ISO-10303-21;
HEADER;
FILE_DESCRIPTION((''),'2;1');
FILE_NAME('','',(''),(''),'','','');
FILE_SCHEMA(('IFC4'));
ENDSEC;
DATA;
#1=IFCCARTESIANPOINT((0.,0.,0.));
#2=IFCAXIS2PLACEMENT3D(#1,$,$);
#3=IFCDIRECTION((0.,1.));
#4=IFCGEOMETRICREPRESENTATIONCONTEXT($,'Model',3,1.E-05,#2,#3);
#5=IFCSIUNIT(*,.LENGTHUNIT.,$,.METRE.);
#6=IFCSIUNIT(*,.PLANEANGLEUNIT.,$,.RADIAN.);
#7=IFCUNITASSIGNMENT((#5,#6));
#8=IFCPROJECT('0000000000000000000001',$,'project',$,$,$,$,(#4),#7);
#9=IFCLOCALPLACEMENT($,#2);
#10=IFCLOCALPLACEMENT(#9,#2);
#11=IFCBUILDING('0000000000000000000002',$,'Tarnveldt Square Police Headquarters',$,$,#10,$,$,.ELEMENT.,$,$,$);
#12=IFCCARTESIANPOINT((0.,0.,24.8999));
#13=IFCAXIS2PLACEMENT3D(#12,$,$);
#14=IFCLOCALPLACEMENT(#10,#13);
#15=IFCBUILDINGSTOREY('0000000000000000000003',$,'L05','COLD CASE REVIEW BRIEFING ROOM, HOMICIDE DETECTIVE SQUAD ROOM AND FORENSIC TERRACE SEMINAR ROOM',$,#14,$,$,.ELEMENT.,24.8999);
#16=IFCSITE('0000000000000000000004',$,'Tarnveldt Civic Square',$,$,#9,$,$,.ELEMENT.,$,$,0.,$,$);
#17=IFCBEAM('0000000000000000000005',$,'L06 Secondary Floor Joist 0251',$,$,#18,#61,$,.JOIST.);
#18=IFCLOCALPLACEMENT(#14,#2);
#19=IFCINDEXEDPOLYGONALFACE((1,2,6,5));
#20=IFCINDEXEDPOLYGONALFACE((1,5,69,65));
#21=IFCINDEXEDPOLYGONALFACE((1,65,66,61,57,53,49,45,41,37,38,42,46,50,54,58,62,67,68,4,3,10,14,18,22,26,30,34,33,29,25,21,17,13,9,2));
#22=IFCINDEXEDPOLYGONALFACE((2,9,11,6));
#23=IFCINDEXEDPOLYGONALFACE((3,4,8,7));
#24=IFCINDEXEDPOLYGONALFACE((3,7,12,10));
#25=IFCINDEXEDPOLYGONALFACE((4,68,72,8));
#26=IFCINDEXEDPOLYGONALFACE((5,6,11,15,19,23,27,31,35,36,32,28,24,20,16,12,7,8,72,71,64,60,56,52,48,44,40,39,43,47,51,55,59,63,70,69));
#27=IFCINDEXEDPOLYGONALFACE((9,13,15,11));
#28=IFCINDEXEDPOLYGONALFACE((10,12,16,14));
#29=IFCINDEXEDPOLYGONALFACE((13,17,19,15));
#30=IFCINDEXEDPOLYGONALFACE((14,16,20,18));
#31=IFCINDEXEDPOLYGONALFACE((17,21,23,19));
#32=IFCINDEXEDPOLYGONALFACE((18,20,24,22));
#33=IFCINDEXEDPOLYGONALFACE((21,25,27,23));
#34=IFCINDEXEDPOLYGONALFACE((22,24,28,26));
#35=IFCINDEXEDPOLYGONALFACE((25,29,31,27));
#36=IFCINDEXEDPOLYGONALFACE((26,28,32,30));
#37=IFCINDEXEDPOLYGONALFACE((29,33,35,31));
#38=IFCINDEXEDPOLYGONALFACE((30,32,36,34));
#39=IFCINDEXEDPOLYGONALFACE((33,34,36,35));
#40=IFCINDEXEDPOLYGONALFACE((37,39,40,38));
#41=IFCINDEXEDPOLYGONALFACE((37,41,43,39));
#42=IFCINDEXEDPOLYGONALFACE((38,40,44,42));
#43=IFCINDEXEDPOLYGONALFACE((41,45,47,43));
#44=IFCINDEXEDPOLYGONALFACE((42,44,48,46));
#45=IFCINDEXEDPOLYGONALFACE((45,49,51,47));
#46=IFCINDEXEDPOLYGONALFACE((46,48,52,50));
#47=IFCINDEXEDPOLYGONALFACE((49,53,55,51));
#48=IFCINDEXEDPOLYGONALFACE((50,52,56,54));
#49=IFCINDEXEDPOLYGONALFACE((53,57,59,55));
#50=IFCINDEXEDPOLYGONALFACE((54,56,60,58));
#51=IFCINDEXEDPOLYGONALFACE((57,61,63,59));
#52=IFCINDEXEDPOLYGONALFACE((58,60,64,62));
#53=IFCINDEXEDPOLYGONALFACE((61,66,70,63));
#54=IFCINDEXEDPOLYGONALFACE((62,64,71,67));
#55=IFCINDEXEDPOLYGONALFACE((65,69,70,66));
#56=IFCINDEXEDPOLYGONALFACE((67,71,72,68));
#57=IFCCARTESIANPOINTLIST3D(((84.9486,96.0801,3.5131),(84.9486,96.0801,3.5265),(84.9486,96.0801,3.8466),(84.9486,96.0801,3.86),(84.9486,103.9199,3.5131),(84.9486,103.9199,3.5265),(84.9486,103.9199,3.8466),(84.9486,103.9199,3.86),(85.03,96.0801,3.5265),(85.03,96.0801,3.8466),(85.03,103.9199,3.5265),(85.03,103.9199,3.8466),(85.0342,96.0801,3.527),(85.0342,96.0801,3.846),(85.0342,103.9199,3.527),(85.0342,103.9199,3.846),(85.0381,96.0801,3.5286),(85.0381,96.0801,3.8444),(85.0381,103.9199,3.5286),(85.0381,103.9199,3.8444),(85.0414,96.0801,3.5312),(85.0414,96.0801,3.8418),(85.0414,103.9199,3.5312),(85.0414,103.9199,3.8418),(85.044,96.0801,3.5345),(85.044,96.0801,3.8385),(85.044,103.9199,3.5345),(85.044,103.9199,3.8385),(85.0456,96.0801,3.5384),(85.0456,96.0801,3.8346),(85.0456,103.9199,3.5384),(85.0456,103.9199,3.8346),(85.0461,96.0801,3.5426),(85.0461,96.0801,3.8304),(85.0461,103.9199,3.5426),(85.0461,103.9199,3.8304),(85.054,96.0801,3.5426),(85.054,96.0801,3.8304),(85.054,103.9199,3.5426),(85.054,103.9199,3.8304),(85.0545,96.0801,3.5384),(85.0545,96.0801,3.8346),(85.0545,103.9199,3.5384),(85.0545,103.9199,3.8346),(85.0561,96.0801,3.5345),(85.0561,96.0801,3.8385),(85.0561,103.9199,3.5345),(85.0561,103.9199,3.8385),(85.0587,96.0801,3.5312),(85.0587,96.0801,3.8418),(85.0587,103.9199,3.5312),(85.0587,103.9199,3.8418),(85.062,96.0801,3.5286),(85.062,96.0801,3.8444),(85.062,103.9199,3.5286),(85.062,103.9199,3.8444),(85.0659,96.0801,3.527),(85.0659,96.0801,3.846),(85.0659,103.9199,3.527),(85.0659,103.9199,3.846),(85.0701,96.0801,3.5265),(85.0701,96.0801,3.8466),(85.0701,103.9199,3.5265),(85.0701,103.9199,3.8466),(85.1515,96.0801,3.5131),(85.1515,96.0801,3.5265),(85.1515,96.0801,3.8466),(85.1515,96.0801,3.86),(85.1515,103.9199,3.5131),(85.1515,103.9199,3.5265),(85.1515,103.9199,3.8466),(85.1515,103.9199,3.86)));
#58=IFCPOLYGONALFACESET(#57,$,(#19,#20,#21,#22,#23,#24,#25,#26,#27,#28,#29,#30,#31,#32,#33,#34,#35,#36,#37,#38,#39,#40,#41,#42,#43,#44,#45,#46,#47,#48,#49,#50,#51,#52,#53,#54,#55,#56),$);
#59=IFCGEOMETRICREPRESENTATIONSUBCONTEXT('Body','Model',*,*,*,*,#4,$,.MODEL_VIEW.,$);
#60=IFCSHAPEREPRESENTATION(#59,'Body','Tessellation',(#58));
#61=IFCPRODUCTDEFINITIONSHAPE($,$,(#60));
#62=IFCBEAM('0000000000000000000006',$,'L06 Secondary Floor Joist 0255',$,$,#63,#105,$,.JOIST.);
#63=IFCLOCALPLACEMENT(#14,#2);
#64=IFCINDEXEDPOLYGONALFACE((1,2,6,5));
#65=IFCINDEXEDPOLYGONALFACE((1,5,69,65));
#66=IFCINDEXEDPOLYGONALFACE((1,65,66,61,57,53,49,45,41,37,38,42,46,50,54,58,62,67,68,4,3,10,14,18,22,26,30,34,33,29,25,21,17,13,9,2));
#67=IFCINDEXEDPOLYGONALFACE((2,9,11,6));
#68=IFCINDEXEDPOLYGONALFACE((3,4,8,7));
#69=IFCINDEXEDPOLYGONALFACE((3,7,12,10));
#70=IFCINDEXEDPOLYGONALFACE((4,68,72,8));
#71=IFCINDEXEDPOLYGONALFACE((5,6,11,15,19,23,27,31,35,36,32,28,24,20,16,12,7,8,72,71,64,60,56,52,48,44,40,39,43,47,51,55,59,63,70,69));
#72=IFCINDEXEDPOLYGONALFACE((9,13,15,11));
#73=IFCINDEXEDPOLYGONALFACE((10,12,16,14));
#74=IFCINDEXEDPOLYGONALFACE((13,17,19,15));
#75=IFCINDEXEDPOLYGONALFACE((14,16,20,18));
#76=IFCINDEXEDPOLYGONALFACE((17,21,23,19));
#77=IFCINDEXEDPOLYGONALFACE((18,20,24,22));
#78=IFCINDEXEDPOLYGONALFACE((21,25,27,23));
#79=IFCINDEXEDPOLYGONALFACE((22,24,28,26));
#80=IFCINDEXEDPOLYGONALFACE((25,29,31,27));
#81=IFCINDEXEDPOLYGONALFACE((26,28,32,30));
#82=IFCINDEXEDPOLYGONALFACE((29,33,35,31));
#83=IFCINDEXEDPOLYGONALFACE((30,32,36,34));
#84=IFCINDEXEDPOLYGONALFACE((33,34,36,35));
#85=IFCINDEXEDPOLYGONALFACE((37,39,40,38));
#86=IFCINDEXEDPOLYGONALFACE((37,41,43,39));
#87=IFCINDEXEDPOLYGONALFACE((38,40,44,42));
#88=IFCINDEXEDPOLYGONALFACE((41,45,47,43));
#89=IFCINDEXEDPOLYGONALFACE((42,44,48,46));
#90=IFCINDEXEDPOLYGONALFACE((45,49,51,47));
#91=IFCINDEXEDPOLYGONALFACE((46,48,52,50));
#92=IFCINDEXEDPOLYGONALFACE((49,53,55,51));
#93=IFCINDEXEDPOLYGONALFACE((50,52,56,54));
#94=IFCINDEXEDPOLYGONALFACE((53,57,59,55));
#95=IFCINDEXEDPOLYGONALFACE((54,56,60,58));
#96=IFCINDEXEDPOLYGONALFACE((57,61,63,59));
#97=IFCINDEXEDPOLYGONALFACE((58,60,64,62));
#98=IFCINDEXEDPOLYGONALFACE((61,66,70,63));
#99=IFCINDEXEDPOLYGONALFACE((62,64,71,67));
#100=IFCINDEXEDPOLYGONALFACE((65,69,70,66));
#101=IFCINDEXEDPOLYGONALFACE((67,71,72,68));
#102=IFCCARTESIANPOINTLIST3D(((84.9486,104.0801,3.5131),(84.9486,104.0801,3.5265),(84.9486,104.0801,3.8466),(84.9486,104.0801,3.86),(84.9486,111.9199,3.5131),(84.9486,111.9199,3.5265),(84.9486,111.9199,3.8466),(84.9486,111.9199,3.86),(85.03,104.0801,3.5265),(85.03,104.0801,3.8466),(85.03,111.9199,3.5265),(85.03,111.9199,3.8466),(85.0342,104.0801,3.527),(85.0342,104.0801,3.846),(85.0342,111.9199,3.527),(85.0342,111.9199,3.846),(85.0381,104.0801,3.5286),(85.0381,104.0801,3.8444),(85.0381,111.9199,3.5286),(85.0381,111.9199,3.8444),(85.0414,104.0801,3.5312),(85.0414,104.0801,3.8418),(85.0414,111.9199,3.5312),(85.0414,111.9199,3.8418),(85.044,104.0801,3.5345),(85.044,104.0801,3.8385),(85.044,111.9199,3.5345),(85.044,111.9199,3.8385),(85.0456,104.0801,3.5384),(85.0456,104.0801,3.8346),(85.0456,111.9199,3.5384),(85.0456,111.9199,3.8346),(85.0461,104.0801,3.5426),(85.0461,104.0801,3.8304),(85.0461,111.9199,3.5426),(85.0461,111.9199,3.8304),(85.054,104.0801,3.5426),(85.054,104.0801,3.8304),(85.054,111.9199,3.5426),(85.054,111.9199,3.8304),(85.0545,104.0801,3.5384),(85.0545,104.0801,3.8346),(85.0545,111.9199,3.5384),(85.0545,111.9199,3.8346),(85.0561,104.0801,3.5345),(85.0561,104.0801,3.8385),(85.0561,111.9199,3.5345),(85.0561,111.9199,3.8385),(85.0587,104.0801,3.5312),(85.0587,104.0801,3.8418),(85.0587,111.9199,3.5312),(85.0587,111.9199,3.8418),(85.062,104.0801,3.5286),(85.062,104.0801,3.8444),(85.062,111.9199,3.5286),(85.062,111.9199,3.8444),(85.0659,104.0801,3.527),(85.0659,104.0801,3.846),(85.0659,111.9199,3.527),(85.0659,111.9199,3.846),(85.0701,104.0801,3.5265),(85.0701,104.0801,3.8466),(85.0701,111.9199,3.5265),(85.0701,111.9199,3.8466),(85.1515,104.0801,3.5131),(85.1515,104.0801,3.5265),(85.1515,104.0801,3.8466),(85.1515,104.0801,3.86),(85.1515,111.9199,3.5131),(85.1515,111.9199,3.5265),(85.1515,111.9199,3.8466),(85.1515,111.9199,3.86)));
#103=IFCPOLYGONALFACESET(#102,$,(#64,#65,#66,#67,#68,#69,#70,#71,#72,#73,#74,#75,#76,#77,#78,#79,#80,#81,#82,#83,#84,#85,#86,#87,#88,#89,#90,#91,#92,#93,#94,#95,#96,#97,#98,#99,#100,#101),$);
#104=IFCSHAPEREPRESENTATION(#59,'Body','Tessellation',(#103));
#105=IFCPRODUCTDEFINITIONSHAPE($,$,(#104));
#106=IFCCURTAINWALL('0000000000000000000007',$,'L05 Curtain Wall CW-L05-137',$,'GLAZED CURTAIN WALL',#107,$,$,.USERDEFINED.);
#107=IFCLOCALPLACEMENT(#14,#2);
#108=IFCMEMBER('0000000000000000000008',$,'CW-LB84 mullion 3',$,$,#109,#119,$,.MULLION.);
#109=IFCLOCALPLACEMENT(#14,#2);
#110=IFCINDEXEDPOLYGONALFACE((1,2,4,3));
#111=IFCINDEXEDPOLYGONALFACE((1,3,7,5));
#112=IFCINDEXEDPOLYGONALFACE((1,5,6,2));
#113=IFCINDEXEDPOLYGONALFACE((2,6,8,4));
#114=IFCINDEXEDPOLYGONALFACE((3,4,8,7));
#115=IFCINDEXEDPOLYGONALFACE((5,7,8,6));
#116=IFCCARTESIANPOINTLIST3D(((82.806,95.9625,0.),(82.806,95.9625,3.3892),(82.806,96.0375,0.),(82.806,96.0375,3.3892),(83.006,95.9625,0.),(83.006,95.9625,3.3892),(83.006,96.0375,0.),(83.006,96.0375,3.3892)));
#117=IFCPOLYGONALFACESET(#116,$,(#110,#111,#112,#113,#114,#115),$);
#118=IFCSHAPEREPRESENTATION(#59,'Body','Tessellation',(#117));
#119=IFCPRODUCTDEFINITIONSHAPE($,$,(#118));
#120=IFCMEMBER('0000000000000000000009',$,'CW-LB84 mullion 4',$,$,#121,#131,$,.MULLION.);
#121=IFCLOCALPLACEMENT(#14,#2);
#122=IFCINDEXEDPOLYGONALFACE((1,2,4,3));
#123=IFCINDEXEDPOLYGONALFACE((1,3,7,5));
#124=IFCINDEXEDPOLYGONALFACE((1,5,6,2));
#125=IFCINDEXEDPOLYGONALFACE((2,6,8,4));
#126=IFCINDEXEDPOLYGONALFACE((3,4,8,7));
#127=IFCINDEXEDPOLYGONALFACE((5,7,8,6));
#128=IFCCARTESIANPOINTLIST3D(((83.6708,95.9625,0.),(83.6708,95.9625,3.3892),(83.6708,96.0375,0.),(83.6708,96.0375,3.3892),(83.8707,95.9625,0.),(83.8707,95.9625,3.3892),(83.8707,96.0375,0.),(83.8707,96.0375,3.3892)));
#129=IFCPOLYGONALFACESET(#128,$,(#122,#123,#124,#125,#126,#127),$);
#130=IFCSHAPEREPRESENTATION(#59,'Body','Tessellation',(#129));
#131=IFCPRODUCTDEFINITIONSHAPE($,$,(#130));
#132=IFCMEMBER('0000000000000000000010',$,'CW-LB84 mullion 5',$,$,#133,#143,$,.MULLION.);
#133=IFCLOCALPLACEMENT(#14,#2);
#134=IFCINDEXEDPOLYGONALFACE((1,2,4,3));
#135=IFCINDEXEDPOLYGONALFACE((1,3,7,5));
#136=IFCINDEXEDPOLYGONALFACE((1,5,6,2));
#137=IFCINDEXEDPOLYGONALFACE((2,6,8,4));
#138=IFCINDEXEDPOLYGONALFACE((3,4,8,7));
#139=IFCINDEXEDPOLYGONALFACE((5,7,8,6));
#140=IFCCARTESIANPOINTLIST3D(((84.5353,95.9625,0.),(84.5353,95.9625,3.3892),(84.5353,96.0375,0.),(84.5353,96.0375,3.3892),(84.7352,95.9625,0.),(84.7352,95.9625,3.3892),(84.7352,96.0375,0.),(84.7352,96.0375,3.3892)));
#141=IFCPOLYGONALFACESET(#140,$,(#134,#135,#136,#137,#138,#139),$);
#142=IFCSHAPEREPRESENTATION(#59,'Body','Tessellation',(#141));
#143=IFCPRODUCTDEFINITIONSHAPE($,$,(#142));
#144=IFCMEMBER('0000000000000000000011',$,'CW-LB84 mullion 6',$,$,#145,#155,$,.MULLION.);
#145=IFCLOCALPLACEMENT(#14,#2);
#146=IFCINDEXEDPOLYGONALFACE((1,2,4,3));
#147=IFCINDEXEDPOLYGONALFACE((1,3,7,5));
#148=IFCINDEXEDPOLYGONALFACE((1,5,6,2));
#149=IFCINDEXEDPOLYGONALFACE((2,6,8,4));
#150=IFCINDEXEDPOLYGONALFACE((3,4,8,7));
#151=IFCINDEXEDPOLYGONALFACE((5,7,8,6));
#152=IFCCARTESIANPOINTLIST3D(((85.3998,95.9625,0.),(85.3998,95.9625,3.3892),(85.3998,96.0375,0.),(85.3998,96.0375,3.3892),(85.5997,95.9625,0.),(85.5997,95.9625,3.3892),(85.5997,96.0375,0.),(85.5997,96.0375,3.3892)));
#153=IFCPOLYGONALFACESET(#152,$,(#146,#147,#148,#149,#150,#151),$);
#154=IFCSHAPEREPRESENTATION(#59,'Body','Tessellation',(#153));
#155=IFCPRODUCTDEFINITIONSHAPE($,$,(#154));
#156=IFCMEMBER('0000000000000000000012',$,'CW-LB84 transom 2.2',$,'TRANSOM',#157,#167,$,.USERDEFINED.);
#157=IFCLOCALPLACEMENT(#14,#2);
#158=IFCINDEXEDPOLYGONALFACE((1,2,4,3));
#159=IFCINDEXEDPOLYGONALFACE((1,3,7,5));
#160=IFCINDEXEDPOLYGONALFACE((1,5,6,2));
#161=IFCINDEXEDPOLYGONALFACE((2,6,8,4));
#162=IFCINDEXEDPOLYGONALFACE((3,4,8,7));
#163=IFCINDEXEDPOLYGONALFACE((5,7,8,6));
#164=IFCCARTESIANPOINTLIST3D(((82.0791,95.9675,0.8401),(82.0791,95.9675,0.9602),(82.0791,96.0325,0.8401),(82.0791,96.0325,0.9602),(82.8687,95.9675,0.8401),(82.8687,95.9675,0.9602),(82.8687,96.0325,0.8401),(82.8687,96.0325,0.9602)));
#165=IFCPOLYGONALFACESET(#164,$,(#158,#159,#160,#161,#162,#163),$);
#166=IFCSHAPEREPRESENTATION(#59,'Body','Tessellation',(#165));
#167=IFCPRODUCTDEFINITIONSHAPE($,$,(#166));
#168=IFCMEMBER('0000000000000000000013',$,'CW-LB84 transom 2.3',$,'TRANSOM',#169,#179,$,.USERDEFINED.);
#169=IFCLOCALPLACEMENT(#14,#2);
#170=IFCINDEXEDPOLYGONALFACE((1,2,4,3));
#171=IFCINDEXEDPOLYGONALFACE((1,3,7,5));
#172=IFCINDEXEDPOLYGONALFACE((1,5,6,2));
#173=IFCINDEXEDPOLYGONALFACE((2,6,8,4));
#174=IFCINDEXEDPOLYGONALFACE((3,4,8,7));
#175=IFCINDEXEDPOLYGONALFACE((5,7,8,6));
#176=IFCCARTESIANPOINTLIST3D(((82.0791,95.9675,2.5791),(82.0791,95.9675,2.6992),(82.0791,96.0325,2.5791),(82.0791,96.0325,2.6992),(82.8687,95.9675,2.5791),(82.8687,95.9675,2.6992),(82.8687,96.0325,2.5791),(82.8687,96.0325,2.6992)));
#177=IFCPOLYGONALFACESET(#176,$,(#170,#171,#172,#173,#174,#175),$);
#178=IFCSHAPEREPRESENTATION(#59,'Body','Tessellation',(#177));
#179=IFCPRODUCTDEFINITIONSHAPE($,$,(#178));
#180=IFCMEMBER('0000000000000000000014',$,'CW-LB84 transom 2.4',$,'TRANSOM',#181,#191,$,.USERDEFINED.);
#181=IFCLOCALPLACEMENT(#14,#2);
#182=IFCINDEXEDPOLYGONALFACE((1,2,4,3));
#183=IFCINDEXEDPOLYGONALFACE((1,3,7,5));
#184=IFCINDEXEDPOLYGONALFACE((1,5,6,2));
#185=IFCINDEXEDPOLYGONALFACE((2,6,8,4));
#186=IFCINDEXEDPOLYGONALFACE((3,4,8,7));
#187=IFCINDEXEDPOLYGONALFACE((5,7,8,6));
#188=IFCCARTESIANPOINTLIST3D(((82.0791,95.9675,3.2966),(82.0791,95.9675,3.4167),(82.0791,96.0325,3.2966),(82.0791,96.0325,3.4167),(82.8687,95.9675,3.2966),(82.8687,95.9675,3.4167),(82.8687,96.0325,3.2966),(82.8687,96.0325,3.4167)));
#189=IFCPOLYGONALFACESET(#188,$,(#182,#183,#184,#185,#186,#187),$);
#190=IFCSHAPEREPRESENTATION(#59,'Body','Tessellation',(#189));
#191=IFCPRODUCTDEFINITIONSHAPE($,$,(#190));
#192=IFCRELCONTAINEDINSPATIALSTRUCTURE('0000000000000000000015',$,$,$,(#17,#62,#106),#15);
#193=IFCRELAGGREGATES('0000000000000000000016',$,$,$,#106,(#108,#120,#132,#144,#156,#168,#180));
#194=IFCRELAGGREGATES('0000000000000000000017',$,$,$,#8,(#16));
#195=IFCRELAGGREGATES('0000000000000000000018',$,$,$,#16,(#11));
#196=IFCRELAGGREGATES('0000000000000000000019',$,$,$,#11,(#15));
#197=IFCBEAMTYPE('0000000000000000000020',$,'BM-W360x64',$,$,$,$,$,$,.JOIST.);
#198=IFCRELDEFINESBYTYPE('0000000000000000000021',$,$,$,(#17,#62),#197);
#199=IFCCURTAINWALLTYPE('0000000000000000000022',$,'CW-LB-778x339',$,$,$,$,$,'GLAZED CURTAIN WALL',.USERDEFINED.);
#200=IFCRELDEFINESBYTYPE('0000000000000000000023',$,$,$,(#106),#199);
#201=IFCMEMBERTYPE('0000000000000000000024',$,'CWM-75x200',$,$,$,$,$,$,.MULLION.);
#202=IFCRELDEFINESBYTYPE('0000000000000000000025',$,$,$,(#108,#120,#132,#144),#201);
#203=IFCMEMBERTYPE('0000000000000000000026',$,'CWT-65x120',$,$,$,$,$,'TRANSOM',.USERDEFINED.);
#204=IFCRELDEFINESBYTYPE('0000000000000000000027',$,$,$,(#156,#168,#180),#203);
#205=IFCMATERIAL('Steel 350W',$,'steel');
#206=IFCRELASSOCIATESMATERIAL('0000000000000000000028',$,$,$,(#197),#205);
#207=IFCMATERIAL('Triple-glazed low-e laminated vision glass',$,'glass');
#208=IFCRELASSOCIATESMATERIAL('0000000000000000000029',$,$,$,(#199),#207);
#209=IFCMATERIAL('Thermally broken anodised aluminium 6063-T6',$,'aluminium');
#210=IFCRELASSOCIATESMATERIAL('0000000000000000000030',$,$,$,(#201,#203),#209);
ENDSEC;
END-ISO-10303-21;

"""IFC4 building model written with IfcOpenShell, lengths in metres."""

from ifc_helpers import new_model, si_unit, direction, frame, origin, origin_2d, place, context, subcontext, project, spatial, rectangle, i_section, extrude, material, material_profile, profile_set, type_object, element, aggregate, save


model = new_model("IFC4")

# Units and contexts
model_context = context("Model", 3, precision=1e-05, world=origin(), true_north=direction((0.0, 1.0)))
body_context = subcontext(model_context, "Body", "Model", "MODEL_VIEW")
ifc_project = project(units=[si_unit("LENGTHUNIT", "METRE"), si_unit("PLANEANGLEUNIT", "RADIAN")], contexts=[model_context])

# Site, building, storey
site_placement = place(None, origin())
site = spatial("IfcSite", under=ifc_project, at=site_placement, Name="Tarnveldt Civic Square", CompositionType="ELEMENT", RefElevation=0.0)
building_placement = place(site_placement, origin())
building = spatial("IfcBuilding", under=site, at=building_placement, Name="Tarnveldt Square Police Headquarters", CompositionType="ELEMENT")
storey_placement = place(building_placement, frame((0.0, 0.0, 24.8999)))
storey = spatial("IfcBuildingStorey", under=building, at=storey_placement, Name="L05", Description="COLD CASE REVIEW BRIEFING ROOM, HOMICIDE DETECTIVE SQUAD ROOM AND FORENSIC TERRACE SEMINAR ROOM", CompositionType="ELEMENT", Elevation=24.8999)

# Beams
ifc_material_1 = material(Name="Steel 350W", Category="steel")
ifc_material_profile_1 = material_profile(ifc_material_1, i_section(OverallWidth=0.2029, OverallDepth=0.3469, WebThickness=0.0078, FlangeThickness=0.0134, FilletRadius=0.0161, at=origin_2d()), Name="W360x64")
ifc_profile_set_1 = profile_set([ifc_material_profile_1], Name="Steel 350W")
beam_type = type_object("IfcBeamType", Name="BM-W360x64", PredefinedType="JOIST", material=ifc_profile_set_1)
for number, where, z_axis, x_axis, name in (
    (1, (85.05, 96.0801, 3.6865), (0.0, 1.0, 0.0), (-1.0, 0.0, 0.0), "L06 Secondary Floor Joist 0251"),
    (2, (85.05, 104.0801, 3.6865), (0.0, 1.0, 0.0), (-1.0, 0.0, 0.0), "L06 Secondary Floor Joist 0255"),
):
    element("IfcBeam", number, at=place(storey_placement, frame(where, z_axis=z_axis, x_axis=x_axis)), inside=storey, type_object=beam_type, Name=name, PredefinedType="JOIST", context=body_context, shape_type="SweptSolid", body=[
        extrude(i_section(OverallWidth=0.2029, OverallDepth=0.3469, WebThickness=0.0078, FlangeThickness=0.0134, FilletRadius=0.0161, at=origin_2d()), origin(), (0.0, 0.0, 1.0), 7.8398),
    ])

# Curtain wall, members
ifc_material_2 = material(Name="Triple-glazed low-e laminated vision glass", Category="glass")
curtain_wall_type = type_object("IfcCurtainWallType", Name="CW-LB-778x339", ElementType="GLAZED CURTAIN WALL", PredefinedType="USERDEFINED", material=ifc_material_2)
curtain_wall_placement = place(storey_placement, origin())
curtain_wall = element("IfcCurtainWall", 3, at=curtain_wall_placement, inside=storey, type_object=curtain_wall_type, Name="L05 Curtain Wall CW-L05-137", ObjectType="GLAZED CURTAIN WALL", PredefinedType="USERDEFINED")
ifc_material_3 = material(Name="Thermally broken anodised aluminium 6063-T6", Category="aluminium")
ifc_material_profile_2 = material_profile(ifc_material_3, rectangle(XDim=0.075, YDim=0.2, at=origin_2d()), Name="CW-M75x200")
ifc_profile_set_2 = profile_set([ifc_material_profile_2], Name="Thermally broken anodised aluminium 6063-T6")
member_type_1 = type_object("IfcMemberType", Name="CWM-75x200", PredefinedType="MULLION", material=ifc_profile_set_2)
member_1_placement = place(storey_placement, frame((82.906, 96.0, 0.0), z_axis=(0.0, 0.0, 1.0), x_axis=(0.0, 1.0, 0.0)))
member_1 = element("IfcMember", 4, at=member_1_placement, type_object=member_type_1, Name="CW-LB84 mullion 3", PredefinedType="MULLION", context=body_context, shape_type="SweptSolid", body=[
    extrude(rectangle(XDim=0.075, YDim=0.2, at=origin_2d()), origin(), (0.0, 0.0, 1.0), 3.3892),
])
member_2_placement = place(storey_placement, frame((83.7708, 96.0, 0.0), z_axis=(0.0, 0.0, 1.0), x_axis=(0.0, 1.0, 0.0)))
member_2 = element("IfcMember", 5, at=member_2_placement, type_object=member_type_1, Name="CW-LB84 mullion 4", PredefinedType="MULLION", context=body_context, shape_type="SweptSolid", body=[
    extrude(rectangle(XDim=0.075, YDim=0.2, at=origin_2d()), origin(), (0.0, 0.0, 1.0), 3.3892),
])
member_3_placement = place(storey_placement, frame((84.6353, 96.0, 0.0), z_axis=(0.0, 0.0, 1.0), x_axis=(0.0, 1.0, 0.0)))
member_3 = element("IfcMember", 6, at=member_3_placement, type_object=member_type_1, Name="CW-LB84 mullion 5", PredefinedType="MULLION", context=body_context, shape_type="SweptSolid", body=[
    extrude(rectangle(XDim=0.075, YDim=0.2, at=origin_2d()), origin(), (0.0, 0.0, 1.0), 3.3892),
])
member_4_placement = place(storey_placement, frame((85.4998, 96.0, 0.0), z_axis=(0.0, 0.0, 1.0), x_axis=(0.0, 1.0, 0.0)))
member_4 = element("IfcMember", 7, at=member_4_placement, type_object=member_type_1, Name="CW-LB84 mullion 6", PredefinedType="MULLION", context=body_context, shape_type="SweptSolid", body=[
    extrude(rectangle(XDim=0.075, YDim=0.2, at=origin_2d()), origin(), (0.0, 0.0, 1.0), 3.3892),
])
ifc_material_profile_3 = material_profile(ifc_material_3, rectangle(XDim=0.0649, YDim=0.1201, at=origin_2d()), Name="CW-T65x120")
ifc_profile_set_3 = profile_set([ifc_material_profile_3], Name="Thermally broken anodised aluminium 6063-T6")
member_type_2 = type_object("IfcMemberType", Name="CWT-65x120", ElementType="TRANSOM", PredefinedType="USERDEFINED", material=ifc_profile_set_3)
member_5_placement = place(storey_placement, frame((82.0791, 96.0, 0.9001), z_axis=(1.0, 0.0, 0.0), x_axis=(0.0, 1.0, 0.0)))
member_5 = element("IfcMember", 8, at=member_5_placement, type_object=member_type_2, Name="CW-LB84 transom 2.2", ObjectType="TRANSOM", PredefinedType="USERDEFINED", context=body_context, shape_type="SweptSolid", body=[
    extrude(rectangle(XDim=0.0649, YDim=0.1201, at=origin_2d()), origin(), (0.0, 0.0, 1.0), 0.7896),
])
member_6_placement = place(storey_placement, frame((82.0791, 96.0, 2.6392), z_axis=(1.0, 0.0, 0.0), x_axis=(0.0, 1.0, 0.0)))
member_6 = element("IfcMember", 9, at=member_6_placement, type_object=member_type_2, Name="CW-LB84 transom 2.3", ObjectType="TRANSOM", PredefinedType="USERDEFINED", context=body_context, shape_type="SweptSolid", body=[
    extrude(rectangle(XDim=0.0649, YDim=0.1201, at=origin_2d()), origin(), (0.0, 0.0, 1.0), 0.7896),
])
member_7_placement = place(storey_placement, frame((82.0791, 96.0, 3.3567), z_axis=(1.0, 0.0, 0.0), x_axis=(0.0, 1.0, 0.0)))
member_7 = element("IfcMember", 10, at=member_7_placement, type_object=member_type_2, Name="CW-LB84 transom 2.4", ObjectType="TRANSOM", PredefinedType="USERDEFINED", context=body_context, shape_type="SweptSolid", body=[
    extrude(rectangle(XDim=0.0649, YDim=0.1201, at=origin_2d()), origin(), (0.0, 0.0, 1.0), 0.7896),
])
aggregate(curtain_wall, [member_1, member_2, member_3, member_4, member_5, member_6, member_7])

save(model, "model.ifc")
